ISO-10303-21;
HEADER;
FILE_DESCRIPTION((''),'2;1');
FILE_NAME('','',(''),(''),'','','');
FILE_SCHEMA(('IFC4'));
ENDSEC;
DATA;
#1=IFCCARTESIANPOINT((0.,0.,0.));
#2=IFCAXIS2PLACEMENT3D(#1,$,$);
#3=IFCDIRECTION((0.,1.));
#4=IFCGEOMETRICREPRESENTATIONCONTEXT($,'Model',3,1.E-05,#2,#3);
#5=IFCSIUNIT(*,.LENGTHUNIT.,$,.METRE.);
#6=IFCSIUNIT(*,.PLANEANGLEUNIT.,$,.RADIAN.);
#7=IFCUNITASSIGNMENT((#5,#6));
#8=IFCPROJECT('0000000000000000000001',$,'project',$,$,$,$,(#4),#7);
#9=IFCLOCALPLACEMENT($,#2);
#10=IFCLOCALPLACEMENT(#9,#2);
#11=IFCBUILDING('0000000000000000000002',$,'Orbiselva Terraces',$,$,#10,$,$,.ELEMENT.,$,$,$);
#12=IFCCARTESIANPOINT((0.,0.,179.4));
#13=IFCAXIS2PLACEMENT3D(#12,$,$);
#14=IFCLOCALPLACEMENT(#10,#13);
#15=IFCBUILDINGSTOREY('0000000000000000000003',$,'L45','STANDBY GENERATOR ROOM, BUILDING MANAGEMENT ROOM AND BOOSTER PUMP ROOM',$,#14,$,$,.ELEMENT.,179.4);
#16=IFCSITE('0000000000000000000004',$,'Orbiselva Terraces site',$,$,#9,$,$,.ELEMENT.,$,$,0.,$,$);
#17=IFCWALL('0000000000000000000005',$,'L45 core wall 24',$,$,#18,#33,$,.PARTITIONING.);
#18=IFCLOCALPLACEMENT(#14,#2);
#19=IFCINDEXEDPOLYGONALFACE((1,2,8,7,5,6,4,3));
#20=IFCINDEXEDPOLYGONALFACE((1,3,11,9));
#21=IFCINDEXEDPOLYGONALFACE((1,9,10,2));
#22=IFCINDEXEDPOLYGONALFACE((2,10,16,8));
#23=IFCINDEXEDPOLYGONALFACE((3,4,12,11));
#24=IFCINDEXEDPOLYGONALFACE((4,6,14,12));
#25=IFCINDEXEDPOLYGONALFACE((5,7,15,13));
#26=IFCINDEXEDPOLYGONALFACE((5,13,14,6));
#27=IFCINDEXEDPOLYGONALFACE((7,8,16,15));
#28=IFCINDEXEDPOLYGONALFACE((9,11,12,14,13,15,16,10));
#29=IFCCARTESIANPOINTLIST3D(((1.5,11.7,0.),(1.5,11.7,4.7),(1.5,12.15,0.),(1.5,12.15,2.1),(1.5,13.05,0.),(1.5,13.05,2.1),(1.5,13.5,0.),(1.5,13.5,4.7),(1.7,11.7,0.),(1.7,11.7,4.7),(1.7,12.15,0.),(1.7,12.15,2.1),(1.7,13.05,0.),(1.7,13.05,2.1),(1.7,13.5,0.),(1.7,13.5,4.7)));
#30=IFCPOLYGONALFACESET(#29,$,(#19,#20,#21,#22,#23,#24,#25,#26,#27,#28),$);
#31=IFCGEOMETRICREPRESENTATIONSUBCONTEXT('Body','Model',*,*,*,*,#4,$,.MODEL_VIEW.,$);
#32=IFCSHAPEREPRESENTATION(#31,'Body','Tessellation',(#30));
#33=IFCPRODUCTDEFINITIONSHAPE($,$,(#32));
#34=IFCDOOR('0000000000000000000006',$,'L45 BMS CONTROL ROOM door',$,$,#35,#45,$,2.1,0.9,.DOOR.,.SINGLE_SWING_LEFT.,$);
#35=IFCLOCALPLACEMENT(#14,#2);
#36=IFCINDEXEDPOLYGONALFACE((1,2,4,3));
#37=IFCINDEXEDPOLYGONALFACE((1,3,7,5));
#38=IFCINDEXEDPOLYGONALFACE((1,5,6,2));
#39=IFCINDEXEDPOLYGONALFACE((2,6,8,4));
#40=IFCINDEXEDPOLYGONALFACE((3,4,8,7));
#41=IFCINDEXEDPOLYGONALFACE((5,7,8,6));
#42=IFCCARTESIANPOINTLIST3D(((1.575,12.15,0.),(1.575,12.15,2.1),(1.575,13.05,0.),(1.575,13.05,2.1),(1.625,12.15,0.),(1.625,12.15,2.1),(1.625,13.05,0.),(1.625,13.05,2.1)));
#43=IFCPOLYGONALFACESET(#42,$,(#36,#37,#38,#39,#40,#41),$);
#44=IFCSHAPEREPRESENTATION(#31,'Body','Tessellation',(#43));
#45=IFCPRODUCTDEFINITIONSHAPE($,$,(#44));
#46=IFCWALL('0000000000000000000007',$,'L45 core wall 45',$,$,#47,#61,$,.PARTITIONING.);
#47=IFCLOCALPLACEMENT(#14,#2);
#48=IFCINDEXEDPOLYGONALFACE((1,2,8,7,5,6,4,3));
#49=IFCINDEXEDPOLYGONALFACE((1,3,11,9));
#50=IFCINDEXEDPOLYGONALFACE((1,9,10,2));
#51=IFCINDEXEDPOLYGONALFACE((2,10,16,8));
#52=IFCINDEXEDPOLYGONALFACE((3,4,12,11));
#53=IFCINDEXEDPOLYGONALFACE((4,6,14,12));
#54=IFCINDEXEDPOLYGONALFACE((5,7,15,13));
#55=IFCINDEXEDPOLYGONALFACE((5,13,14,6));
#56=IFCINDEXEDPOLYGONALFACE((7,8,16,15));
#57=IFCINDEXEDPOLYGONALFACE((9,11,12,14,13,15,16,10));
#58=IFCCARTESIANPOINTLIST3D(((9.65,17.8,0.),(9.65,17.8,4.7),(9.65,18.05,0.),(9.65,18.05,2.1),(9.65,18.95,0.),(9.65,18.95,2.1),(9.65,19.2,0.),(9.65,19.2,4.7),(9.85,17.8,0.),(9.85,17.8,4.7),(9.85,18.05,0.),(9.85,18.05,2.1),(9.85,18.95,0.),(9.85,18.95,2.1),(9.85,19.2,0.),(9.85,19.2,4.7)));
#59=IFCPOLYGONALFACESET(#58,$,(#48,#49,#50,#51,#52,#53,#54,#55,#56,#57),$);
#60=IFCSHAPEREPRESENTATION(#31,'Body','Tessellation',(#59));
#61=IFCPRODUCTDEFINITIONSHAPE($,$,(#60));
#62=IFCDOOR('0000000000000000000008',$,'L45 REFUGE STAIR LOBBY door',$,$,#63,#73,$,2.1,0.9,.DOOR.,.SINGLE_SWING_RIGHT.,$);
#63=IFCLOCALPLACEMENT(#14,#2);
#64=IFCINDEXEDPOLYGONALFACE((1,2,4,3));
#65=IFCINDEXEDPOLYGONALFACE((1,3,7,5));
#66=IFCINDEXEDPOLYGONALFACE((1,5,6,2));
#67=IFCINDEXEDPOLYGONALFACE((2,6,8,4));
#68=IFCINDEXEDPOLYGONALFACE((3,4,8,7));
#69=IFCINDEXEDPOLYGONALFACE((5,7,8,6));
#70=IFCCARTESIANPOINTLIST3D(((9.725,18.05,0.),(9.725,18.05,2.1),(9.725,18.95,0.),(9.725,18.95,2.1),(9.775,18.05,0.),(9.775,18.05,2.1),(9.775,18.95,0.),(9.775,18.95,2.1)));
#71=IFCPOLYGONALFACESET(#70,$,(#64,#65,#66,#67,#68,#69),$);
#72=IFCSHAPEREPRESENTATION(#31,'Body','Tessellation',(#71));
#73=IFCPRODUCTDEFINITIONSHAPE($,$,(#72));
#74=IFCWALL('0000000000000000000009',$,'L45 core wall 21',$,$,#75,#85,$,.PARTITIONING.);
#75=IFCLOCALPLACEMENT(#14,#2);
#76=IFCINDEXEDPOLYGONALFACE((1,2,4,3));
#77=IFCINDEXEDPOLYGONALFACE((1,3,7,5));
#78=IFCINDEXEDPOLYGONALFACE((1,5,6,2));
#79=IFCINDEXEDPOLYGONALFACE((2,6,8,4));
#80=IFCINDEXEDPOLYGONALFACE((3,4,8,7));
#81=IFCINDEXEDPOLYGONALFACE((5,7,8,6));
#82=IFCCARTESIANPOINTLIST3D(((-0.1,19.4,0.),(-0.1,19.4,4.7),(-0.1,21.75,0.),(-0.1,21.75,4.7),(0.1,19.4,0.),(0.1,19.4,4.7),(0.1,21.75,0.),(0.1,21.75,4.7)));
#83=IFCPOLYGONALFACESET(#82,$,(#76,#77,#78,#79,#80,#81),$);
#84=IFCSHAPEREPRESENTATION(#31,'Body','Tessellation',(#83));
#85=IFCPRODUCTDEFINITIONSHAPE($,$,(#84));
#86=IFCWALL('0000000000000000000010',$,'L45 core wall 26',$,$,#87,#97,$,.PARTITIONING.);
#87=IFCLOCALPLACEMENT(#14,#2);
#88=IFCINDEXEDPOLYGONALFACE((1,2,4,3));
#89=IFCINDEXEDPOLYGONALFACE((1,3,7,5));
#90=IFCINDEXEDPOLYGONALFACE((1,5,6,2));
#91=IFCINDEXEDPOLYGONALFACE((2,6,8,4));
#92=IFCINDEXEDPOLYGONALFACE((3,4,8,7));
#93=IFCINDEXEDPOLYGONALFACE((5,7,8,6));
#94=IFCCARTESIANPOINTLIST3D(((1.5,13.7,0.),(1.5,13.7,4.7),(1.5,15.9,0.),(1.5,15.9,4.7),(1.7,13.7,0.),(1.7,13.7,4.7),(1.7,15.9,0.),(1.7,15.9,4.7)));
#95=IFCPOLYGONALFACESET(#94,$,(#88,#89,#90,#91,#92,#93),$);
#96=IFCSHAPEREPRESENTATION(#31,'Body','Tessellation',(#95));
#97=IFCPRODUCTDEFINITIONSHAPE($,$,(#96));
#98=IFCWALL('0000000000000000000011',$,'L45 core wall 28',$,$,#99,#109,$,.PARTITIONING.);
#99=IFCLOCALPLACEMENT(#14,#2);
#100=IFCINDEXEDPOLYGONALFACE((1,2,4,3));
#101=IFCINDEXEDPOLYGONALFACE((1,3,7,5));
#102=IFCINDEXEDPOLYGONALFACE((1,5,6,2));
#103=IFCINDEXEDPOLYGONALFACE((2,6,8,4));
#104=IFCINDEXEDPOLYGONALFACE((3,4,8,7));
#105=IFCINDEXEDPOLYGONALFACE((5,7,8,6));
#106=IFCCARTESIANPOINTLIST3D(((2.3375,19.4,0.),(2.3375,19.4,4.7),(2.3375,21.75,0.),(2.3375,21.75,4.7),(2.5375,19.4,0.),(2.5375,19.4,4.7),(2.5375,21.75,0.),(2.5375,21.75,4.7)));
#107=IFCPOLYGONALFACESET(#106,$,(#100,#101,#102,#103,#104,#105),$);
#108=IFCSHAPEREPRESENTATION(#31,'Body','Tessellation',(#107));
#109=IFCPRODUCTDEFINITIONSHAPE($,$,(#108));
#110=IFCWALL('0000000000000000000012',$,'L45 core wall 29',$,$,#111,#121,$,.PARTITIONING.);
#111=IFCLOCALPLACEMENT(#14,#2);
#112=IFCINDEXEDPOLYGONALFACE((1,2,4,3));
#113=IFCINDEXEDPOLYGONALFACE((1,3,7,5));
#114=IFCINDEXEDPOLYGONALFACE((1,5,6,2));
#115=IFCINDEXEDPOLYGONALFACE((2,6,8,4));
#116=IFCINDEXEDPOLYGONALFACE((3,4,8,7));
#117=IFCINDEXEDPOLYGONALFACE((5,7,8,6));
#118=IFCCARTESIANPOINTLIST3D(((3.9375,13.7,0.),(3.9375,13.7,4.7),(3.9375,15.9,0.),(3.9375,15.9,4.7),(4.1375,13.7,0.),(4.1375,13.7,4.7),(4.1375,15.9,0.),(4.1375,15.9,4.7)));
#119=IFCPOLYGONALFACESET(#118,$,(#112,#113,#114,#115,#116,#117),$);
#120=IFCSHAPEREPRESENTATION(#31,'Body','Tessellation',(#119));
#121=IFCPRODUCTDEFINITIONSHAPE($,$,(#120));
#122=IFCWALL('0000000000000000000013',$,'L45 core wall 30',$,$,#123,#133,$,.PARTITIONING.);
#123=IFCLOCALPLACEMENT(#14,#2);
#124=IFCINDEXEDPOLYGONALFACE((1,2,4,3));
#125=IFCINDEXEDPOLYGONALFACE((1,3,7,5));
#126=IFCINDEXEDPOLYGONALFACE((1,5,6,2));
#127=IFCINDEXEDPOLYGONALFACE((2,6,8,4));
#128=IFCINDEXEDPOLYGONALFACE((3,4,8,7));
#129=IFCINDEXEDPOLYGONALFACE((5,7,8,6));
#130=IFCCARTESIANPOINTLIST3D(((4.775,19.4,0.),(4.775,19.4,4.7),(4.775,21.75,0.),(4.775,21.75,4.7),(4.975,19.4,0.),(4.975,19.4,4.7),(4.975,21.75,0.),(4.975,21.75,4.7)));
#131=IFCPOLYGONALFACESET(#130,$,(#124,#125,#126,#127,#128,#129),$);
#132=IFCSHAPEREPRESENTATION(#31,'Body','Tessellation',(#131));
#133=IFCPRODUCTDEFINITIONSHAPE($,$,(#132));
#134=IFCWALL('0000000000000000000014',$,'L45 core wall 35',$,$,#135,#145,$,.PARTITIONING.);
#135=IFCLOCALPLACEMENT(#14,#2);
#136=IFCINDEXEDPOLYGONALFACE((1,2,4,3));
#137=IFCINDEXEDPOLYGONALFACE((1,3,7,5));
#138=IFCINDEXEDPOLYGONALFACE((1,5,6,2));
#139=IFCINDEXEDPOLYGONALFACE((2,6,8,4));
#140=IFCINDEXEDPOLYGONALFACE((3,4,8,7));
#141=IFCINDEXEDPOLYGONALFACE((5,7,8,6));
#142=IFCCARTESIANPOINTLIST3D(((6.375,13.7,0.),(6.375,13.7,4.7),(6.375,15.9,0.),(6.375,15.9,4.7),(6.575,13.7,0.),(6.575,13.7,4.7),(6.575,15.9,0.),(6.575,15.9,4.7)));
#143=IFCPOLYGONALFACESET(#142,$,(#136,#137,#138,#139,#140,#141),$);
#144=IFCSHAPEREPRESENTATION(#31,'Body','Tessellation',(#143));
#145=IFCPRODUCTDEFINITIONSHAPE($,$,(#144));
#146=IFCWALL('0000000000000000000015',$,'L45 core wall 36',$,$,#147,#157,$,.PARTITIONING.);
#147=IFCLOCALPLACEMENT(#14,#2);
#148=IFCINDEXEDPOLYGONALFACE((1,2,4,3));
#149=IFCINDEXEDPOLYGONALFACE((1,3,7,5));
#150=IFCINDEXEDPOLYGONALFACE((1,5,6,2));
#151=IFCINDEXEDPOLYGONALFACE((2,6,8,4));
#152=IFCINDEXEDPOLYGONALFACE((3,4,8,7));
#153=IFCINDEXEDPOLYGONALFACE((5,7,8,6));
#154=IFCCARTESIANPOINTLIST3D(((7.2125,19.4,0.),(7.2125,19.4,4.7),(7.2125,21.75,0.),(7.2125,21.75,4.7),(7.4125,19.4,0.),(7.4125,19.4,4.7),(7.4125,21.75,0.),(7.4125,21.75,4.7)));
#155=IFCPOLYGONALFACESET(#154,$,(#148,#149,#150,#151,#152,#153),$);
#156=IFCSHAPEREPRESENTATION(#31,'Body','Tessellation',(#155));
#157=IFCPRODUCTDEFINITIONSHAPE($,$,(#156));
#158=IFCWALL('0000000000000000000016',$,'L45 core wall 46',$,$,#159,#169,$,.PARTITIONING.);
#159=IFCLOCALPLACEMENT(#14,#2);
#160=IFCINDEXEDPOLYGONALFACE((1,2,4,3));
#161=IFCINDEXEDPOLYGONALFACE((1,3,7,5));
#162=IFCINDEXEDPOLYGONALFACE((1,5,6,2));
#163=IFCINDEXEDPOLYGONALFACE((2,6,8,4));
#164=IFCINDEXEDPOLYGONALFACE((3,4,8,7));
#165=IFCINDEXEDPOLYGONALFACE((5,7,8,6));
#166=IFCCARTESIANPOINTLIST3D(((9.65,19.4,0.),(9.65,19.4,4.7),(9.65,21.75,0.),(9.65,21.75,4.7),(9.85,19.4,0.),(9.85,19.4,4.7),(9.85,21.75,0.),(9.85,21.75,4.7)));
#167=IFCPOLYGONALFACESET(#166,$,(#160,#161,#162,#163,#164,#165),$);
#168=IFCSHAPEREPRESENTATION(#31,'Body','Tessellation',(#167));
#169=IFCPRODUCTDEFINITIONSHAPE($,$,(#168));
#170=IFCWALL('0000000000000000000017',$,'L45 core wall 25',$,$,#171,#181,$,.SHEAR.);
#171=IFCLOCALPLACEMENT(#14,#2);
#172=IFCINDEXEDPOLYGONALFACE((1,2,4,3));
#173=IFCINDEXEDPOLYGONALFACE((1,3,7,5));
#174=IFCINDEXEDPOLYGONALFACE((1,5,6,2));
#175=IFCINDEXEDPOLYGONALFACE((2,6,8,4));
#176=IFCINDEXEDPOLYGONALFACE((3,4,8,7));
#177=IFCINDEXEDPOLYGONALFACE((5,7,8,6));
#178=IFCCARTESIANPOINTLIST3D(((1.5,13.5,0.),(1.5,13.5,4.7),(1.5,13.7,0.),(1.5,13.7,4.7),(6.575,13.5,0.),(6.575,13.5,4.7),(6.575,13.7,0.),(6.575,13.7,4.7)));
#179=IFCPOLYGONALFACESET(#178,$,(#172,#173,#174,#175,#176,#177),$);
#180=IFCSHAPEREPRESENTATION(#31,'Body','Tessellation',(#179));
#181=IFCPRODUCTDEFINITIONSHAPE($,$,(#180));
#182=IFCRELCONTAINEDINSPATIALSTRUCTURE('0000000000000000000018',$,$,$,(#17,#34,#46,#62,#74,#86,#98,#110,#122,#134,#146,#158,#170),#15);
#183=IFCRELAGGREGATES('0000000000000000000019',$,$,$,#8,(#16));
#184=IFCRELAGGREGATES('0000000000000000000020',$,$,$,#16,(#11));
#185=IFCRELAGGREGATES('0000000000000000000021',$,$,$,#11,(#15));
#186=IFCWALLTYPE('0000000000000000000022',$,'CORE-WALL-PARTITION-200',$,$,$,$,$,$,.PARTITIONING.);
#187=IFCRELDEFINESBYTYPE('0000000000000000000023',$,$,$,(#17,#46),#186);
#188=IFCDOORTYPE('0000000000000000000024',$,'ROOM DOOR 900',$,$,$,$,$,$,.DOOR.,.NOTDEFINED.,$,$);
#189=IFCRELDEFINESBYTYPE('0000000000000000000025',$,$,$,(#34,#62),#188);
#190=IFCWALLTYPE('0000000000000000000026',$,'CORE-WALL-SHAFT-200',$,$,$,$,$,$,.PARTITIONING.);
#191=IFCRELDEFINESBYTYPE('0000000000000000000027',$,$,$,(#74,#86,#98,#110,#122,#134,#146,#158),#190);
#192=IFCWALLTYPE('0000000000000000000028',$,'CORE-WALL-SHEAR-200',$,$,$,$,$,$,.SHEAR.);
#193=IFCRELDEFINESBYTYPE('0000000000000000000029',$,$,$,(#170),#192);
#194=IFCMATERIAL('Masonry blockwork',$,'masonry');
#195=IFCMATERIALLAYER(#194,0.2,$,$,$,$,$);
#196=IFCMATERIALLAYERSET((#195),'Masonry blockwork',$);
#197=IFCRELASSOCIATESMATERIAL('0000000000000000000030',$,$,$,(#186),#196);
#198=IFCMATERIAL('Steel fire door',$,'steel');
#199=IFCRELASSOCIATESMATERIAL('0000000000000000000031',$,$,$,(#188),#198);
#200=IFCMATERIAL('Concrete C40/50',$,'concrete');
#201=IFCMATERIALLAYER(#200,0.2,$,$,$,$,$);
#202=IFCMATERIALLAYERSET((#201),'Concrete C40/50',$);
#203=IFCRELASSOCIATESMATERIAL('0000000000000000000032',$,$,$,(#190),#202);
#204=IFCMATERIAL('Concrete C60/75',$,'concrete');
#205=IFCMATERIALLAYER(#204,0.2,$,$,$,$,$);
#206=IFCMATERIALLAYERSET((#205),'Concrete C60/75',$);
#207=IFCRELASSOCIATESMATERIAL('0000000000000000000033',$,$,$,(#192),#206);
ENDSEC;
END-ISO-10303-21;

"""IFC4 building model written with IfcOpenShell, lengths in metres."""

from ifc_helpers import new_model, si_unit, direction, frame, frame_2d, origin, place, context, subcontext, project, spatial, rectangle, extrude, material, layer, layer_set, type_object, element, fill, save


model = new_model("IFC4")

# Units and contexts
model_context = context("Model", 3, precision=1e-05, world=origin(), true_north=direction((0.0, 1.0)))
body_context = subcontext(model_context, "Body", "Model", "MODEL_VIEW")
ifc_project = project(units=[si_unit("LENGTHUNIT", "METRE"), si_unit("PLANEANGLEUNIT", "RADIAN")], contexts=[model_context])

# Site, building, storey
site_placement = place(None, origin())
site = spatial("IfcSite", under=ifc_project, at=site_placement, Name="Orbiselva Terraces site", CompositionType="ELEMENT", RefElevation=0.0)
building_placement = place(site_placement, origin())
building = spatial("IfcBuilding", under=site, at=building_placement, Name="Orbiselva Terraces", CompositionType="ELEMENT")
storey_placement = place(building_placement, frame((0.0, 0.0, 179.4)))
storey = spatial("IfcBuildingStorey", under=building, at=storey_placement, Name="L45", Description="STANDBY GENERATOR ROOM, BUILDING MANAGEMENT ROOM AND BOOSTER PUMP ROOM", CompositionType="ELEMENT", Elevation=179.4)

# Walls, openings, doors
ifc_material_1 = material(Name="Masonry blockwork", Category="masonry")
ifc_layer_1 = layer(ifc_material_1, 0.2)
ifc_layer_set_1 = layer_set([ifc_layer_1], Name="Masonry blockwork")
wall_type_1 = type_object("IfcWallType", Name="CORE-WALL-PARTITION-200", PredefinedType="PARTITIONING", material=ifc_layer_set_1)
wall_1_placement = place(storey_placement, frame((1.6, 13.5, 0.0), z_axis=(0.0, 0.0, 1.0), x_axis=(0.0, -1.0, 0.0)))
wall_1 = element("IfcWall", 1, at=wall_1_placement, inside=storey, type_object=wall_type_1, Name="L45 core wall 24", PredefinedType="PARTITIONING", context=body_context, shape_type="SweptSolid", body=[
    extrude(rectangle(XDim=1.8, YDim=0.2, at=frame_2d((0.9, 0.0))), origin(), (0.0, 0.0, 1.0), 4.7),
])
opening_1_placement = place(wall_1_placement, frame((0.45, 0.0, 0.0)))
opening_1 = element("IfcOpeningElement", 2, at=opening_1_placement, cuts=wall_1, PredefinedType="OPENING", context=body_context, shape_type="SweptSolid", body=[
    extrude(rectangle(XDim=0.9, YDim=2.1, at=frame_2d((0.45, 1.05))), frame((0.0, 0.11, 0.0), z_axis=(0.0, -1.0, 0.0), x_axis=(1.0, 0.0, 0.0)), (0.0, 0.0, 1.0), 0.22),
])
ifc_material_2 = material(Name="Steel fire door", Category="steel")
door_type_1 = type_object("IfcDoorType", Name="ROOM DOOR 900", OperationType="NOTDEFINED", PredefinedType="DOOR", material=ifc_material_2)
door_1_placement = place(opening_1_placement, origin())
door_1 = element("IfcDoor", 3, at=door_1_placement, inside=storey, type_object=door_type_1, Name="L45 BMS CONTROL ROOM door", OperationType="SINGLE_SWING_LEFT", OverallHeight=2.1, OverallWidth=0.9, PredefinedType="DOOR", context=body_context, shape_type="SweptSolid", body=[
    extrude(rectangle(XDim=0.9, YDim=2.1, at=frame_2d((0.45, 1.05))), frame((0.0, 0.025, 0.0), z_axis=(0.0, -1.0, 0.0), x_axis=(1.0, 0.0, 0.0)), (0.0, 0.0, 1.0), 0.05),
])
fill(opening_1, door_1)
wall_2_placement = place(storey_placement, frame((9.75, 19.2, 0.0), z_axis=(0.0, 0.0, 1.0), x_axis=(0.0, -1.0, 0.0)))
wall_2 = element("IfcWall", 4, at=wall_2_placement, inside=storey, type_object=wall_type_1, Name="L45 core wall 45", PredefinedType="PARTITIONING", context=body_context, shape_type="SweptSolid", body=[
    extrude(rectangle(XDim=1.4, YDim=0.2, at=frame_2d((0.7, 0.0))), origin(), (0.0, 0.0, 1.0), 4.7),
])
opening_2_placement = place(wall_2_placement, frame((0.25, 0.0, 0.0)))
opening_2 = element("IfcOpeningElement", 5, at=opening_2_placement, cuts=wall_2, PredefinedType="OPENING", context=body_context, shape_type="SweptSolid", body=[
    extrude(rectangle(XDim=0.9, YDim=2.1, at=frame_2d((0.45, 1.05))), frame((0.0, 0.11, 0.0), z_axis=(0.0, -1.0, 0.0), x_axis=(1.0, 0.0, 0.0)), (0.0, 0.0, 1.0), 0.22),
])
door_2_placement = place(opening_2_placement, origin())
door_2 = element("IfcDoor", 6, at=door_2_placement, inside=storey, type_object=door_type_1, Name="L45 REFUGE STAIR LOBBY door", OperationType="SINGLE_SWING_RIGHT", OverallHeight=2.1, OverallWidth=0.9, PredefinedType="DOOR", context=body_context, shape_type="SweptSolid", body=[
    extrude(rectangle(XDim=0.9, YDim=2.1, at=frame_2d((0.45, 1.05))), frame((0.0, 0.025, 0.0), z_axis=(0.0, -1.0, 0.0), x_axis=(1.0, 0.0, 0.0)), (0.0, 0.0, 1.0), 0.05),
])
fill(opening_2, door_2)

# Walls
ifc_material_3 = material(Name="Concrete C40/50", Category="concrete")
ifc_layer_2 = layer(ifc_material_3, 0.2)
ifc_layer_set_2 = layer_set([ifc_layer_2], Name="Concrete C40/50")
wall_type_2 = type_object("IfcWallType", Name="CORE-WALL-SHAFT-200", PredefinedType="PARTITIONING", material=ifc_layer_set_2)
wall_3_placement = place(storey_placement, frame((0.0, 19.4, 0.0), z_axis=(0.0, 0.0, 1.0), x_axis=(0.0, 1.0, 0.0)))
element("IfcWall", 7, at=wall_3_placement, inside=storey, type_object=wall_type_2, Name="L45 core wall 21", PredefinedType="PARTITIONING", context=body_context, shape_type="SweptSolid", body=[
    extrude(rectangle(XDim=2.35, YDim=0.2, at=frame_2d((1.175, 0.0))), origin(), (0.0, 0.0, 1.0), 4.7),
])
wall_4_placement = place(storey_placement, frame((1.6, 13.7, 0.0), z_axis=(0.0, 0.0, 1.0), x_axis=(0.0, 1.0, 0.0)))
element("IfcWall", 8, at=wall_4_placement, inside=storey, type_object=wall_type_2, Name="L45 core wall 26", PredefinedType="PARTITIONING", context=body_context, shape_type="SweptSolid", body=[
    extrude(rectangle(XDim=2.2, YDim=0.2, at=frame_2d((1.1, 0.0))), origin(), (0.0, 0.0, 1.0), 4.7),
])
wall_5_placement = place(storey_placement, frame((2.4375, 19.4, 0.0), z_axis=(0.0, 0.0, 1.0), x_axis=(0.0, 1.0, 0.0)))
element("IfcWall", 9, at=wall_5_placement, inside=storey, type_object=wall_type_2, Name="L45 core wall 28", PredefinedType="PARTITIONING", context=body_context, shape_type="SweptSolid", body=[
    extrude(rectangle(XDim=2.35, YDim=0.2, at=frame_2d((1.175, 0.0))), origin(), (0.0, 0.0, 1.0), 4.7),
])
wall_6_placement = place(storey_placement, frame((4.0375, 13.7, 0.0), z_axis=(0.0, 0.0, 1.0), x_axis=(0.0, 1.0, 0.0)))
element("IfcWall", 10, at=wall_6_placement, inside=storey, type_object=wall_type_2, Name="L45 core wall 29", PredefinedType="PARTITIONING", context=body_context, shape_type="SweptSolid", body=[
    extrude(rectangle(XDim=2.2, YDim=0.2, at=frame_2d((1.1, 0.0))), origin(), (0.0, 0.0, 1.0), 4.7),
])
wall_7_placement = place(storey_placement, frame((4.875, 19.4, 0.0), z_axis=(0.0, 0.0, 1.0), x_axis=(0.0, 1.0, 0.0)))
element("IfcWall", 11, at=wall_7_placement, inside=storey, type_object=wall_type_2, Name="L45 core wall 30", PredefinedType="PARTITIONING", context=body_context, shape_type="SweptSolid", body=[
    extrude(rectangle(XDim=2.35, YDim=0.2, at=frame_2d((1.175, 0.0))), origin(), (0.0, 0.0, 1.0), 4.7),
])
wall_8_placement = place(storey_placement, frame((6.475, 13.7, 0.0), z_axis=(0.0, 0.0, 1.0), x_axis=(0.0, 1.0, 0.0)))
element("IfcWall", 12, at=wall_8_placement, inside=storey, type_object=wall_type_2, Name="L45 core wall 35", PredefinedType="PARTITIONING", context=body_context, shape_type="SweptSolid", body=[
    extrude(rectangle(XDim=2.2, YDim=0.2, at=frame_2d((1.1, 0.0))), origin(), (0.0, 0.0, 1.0), 4.7),
])
for number, where, z_axis, x_axis, name in (
    (13, (7.3125, 19.4, 0.0), (0.0, 0.0, 1.0), (0.0, 1.0, 0.0), "L45 core wall 36"),
    (14, (9.75, 19.4, 0.0), (0.0, 0.0, 1.0), (0.0, 1.0, 0.0), "L45 core wall 46"),
):
    element("IfcWall", number, at=place(storey_placement, frame(where, z_axis=z_axis, x_axis=x_axis)), inside=storey, type_object=wall_type_2, Name=name, PredefinedType="PARTITIONING", context=body_context, shape_type="SweptSolid", body=[
        extrude(rectangle(XDim=2.35, YDim=0.2, at=frame_2d((1.175, 0.0))), origin(), (0.0, 0.0, 1.0), 4.7),
    ])
ifc_material_4 = material(Name="Concrete C60/75", Category="concrete")
ifc_layer_3 = layer(ifc_material_4, 0.2)
ifc_layer_set_3 = layer_set([ifc_layer_3], Name="Concrete C60/75")
wall_type_3 = type_object("IfcWallType", Name="CORE-WALL-SHEAR-200", PredefinedType="SHEAR", material=ifc_layer_set_3)
wall_9_placement = place(storey_placement, frame((1.5, 13.6, 0.0), z_axis=(0.0, 0.0, 1.0), x_axis=(1.0, 0.0, 0.0)))
element("IfcWall", 15, at=wall_9_placement, inside=storey, type_object=wall_type_3, Name="L45 core wall 25", PredefinedType="SHEAR", context=body_context, shape_type="SweptSolid", body=[
    extrude(rectangle(XDim=5.075, YDim=0.2, at=frame_2d((2.5375, 0.0))), origin(), (0.0, 0.0, 1.0), 4.7),
])

save(model, "model.ifc")
